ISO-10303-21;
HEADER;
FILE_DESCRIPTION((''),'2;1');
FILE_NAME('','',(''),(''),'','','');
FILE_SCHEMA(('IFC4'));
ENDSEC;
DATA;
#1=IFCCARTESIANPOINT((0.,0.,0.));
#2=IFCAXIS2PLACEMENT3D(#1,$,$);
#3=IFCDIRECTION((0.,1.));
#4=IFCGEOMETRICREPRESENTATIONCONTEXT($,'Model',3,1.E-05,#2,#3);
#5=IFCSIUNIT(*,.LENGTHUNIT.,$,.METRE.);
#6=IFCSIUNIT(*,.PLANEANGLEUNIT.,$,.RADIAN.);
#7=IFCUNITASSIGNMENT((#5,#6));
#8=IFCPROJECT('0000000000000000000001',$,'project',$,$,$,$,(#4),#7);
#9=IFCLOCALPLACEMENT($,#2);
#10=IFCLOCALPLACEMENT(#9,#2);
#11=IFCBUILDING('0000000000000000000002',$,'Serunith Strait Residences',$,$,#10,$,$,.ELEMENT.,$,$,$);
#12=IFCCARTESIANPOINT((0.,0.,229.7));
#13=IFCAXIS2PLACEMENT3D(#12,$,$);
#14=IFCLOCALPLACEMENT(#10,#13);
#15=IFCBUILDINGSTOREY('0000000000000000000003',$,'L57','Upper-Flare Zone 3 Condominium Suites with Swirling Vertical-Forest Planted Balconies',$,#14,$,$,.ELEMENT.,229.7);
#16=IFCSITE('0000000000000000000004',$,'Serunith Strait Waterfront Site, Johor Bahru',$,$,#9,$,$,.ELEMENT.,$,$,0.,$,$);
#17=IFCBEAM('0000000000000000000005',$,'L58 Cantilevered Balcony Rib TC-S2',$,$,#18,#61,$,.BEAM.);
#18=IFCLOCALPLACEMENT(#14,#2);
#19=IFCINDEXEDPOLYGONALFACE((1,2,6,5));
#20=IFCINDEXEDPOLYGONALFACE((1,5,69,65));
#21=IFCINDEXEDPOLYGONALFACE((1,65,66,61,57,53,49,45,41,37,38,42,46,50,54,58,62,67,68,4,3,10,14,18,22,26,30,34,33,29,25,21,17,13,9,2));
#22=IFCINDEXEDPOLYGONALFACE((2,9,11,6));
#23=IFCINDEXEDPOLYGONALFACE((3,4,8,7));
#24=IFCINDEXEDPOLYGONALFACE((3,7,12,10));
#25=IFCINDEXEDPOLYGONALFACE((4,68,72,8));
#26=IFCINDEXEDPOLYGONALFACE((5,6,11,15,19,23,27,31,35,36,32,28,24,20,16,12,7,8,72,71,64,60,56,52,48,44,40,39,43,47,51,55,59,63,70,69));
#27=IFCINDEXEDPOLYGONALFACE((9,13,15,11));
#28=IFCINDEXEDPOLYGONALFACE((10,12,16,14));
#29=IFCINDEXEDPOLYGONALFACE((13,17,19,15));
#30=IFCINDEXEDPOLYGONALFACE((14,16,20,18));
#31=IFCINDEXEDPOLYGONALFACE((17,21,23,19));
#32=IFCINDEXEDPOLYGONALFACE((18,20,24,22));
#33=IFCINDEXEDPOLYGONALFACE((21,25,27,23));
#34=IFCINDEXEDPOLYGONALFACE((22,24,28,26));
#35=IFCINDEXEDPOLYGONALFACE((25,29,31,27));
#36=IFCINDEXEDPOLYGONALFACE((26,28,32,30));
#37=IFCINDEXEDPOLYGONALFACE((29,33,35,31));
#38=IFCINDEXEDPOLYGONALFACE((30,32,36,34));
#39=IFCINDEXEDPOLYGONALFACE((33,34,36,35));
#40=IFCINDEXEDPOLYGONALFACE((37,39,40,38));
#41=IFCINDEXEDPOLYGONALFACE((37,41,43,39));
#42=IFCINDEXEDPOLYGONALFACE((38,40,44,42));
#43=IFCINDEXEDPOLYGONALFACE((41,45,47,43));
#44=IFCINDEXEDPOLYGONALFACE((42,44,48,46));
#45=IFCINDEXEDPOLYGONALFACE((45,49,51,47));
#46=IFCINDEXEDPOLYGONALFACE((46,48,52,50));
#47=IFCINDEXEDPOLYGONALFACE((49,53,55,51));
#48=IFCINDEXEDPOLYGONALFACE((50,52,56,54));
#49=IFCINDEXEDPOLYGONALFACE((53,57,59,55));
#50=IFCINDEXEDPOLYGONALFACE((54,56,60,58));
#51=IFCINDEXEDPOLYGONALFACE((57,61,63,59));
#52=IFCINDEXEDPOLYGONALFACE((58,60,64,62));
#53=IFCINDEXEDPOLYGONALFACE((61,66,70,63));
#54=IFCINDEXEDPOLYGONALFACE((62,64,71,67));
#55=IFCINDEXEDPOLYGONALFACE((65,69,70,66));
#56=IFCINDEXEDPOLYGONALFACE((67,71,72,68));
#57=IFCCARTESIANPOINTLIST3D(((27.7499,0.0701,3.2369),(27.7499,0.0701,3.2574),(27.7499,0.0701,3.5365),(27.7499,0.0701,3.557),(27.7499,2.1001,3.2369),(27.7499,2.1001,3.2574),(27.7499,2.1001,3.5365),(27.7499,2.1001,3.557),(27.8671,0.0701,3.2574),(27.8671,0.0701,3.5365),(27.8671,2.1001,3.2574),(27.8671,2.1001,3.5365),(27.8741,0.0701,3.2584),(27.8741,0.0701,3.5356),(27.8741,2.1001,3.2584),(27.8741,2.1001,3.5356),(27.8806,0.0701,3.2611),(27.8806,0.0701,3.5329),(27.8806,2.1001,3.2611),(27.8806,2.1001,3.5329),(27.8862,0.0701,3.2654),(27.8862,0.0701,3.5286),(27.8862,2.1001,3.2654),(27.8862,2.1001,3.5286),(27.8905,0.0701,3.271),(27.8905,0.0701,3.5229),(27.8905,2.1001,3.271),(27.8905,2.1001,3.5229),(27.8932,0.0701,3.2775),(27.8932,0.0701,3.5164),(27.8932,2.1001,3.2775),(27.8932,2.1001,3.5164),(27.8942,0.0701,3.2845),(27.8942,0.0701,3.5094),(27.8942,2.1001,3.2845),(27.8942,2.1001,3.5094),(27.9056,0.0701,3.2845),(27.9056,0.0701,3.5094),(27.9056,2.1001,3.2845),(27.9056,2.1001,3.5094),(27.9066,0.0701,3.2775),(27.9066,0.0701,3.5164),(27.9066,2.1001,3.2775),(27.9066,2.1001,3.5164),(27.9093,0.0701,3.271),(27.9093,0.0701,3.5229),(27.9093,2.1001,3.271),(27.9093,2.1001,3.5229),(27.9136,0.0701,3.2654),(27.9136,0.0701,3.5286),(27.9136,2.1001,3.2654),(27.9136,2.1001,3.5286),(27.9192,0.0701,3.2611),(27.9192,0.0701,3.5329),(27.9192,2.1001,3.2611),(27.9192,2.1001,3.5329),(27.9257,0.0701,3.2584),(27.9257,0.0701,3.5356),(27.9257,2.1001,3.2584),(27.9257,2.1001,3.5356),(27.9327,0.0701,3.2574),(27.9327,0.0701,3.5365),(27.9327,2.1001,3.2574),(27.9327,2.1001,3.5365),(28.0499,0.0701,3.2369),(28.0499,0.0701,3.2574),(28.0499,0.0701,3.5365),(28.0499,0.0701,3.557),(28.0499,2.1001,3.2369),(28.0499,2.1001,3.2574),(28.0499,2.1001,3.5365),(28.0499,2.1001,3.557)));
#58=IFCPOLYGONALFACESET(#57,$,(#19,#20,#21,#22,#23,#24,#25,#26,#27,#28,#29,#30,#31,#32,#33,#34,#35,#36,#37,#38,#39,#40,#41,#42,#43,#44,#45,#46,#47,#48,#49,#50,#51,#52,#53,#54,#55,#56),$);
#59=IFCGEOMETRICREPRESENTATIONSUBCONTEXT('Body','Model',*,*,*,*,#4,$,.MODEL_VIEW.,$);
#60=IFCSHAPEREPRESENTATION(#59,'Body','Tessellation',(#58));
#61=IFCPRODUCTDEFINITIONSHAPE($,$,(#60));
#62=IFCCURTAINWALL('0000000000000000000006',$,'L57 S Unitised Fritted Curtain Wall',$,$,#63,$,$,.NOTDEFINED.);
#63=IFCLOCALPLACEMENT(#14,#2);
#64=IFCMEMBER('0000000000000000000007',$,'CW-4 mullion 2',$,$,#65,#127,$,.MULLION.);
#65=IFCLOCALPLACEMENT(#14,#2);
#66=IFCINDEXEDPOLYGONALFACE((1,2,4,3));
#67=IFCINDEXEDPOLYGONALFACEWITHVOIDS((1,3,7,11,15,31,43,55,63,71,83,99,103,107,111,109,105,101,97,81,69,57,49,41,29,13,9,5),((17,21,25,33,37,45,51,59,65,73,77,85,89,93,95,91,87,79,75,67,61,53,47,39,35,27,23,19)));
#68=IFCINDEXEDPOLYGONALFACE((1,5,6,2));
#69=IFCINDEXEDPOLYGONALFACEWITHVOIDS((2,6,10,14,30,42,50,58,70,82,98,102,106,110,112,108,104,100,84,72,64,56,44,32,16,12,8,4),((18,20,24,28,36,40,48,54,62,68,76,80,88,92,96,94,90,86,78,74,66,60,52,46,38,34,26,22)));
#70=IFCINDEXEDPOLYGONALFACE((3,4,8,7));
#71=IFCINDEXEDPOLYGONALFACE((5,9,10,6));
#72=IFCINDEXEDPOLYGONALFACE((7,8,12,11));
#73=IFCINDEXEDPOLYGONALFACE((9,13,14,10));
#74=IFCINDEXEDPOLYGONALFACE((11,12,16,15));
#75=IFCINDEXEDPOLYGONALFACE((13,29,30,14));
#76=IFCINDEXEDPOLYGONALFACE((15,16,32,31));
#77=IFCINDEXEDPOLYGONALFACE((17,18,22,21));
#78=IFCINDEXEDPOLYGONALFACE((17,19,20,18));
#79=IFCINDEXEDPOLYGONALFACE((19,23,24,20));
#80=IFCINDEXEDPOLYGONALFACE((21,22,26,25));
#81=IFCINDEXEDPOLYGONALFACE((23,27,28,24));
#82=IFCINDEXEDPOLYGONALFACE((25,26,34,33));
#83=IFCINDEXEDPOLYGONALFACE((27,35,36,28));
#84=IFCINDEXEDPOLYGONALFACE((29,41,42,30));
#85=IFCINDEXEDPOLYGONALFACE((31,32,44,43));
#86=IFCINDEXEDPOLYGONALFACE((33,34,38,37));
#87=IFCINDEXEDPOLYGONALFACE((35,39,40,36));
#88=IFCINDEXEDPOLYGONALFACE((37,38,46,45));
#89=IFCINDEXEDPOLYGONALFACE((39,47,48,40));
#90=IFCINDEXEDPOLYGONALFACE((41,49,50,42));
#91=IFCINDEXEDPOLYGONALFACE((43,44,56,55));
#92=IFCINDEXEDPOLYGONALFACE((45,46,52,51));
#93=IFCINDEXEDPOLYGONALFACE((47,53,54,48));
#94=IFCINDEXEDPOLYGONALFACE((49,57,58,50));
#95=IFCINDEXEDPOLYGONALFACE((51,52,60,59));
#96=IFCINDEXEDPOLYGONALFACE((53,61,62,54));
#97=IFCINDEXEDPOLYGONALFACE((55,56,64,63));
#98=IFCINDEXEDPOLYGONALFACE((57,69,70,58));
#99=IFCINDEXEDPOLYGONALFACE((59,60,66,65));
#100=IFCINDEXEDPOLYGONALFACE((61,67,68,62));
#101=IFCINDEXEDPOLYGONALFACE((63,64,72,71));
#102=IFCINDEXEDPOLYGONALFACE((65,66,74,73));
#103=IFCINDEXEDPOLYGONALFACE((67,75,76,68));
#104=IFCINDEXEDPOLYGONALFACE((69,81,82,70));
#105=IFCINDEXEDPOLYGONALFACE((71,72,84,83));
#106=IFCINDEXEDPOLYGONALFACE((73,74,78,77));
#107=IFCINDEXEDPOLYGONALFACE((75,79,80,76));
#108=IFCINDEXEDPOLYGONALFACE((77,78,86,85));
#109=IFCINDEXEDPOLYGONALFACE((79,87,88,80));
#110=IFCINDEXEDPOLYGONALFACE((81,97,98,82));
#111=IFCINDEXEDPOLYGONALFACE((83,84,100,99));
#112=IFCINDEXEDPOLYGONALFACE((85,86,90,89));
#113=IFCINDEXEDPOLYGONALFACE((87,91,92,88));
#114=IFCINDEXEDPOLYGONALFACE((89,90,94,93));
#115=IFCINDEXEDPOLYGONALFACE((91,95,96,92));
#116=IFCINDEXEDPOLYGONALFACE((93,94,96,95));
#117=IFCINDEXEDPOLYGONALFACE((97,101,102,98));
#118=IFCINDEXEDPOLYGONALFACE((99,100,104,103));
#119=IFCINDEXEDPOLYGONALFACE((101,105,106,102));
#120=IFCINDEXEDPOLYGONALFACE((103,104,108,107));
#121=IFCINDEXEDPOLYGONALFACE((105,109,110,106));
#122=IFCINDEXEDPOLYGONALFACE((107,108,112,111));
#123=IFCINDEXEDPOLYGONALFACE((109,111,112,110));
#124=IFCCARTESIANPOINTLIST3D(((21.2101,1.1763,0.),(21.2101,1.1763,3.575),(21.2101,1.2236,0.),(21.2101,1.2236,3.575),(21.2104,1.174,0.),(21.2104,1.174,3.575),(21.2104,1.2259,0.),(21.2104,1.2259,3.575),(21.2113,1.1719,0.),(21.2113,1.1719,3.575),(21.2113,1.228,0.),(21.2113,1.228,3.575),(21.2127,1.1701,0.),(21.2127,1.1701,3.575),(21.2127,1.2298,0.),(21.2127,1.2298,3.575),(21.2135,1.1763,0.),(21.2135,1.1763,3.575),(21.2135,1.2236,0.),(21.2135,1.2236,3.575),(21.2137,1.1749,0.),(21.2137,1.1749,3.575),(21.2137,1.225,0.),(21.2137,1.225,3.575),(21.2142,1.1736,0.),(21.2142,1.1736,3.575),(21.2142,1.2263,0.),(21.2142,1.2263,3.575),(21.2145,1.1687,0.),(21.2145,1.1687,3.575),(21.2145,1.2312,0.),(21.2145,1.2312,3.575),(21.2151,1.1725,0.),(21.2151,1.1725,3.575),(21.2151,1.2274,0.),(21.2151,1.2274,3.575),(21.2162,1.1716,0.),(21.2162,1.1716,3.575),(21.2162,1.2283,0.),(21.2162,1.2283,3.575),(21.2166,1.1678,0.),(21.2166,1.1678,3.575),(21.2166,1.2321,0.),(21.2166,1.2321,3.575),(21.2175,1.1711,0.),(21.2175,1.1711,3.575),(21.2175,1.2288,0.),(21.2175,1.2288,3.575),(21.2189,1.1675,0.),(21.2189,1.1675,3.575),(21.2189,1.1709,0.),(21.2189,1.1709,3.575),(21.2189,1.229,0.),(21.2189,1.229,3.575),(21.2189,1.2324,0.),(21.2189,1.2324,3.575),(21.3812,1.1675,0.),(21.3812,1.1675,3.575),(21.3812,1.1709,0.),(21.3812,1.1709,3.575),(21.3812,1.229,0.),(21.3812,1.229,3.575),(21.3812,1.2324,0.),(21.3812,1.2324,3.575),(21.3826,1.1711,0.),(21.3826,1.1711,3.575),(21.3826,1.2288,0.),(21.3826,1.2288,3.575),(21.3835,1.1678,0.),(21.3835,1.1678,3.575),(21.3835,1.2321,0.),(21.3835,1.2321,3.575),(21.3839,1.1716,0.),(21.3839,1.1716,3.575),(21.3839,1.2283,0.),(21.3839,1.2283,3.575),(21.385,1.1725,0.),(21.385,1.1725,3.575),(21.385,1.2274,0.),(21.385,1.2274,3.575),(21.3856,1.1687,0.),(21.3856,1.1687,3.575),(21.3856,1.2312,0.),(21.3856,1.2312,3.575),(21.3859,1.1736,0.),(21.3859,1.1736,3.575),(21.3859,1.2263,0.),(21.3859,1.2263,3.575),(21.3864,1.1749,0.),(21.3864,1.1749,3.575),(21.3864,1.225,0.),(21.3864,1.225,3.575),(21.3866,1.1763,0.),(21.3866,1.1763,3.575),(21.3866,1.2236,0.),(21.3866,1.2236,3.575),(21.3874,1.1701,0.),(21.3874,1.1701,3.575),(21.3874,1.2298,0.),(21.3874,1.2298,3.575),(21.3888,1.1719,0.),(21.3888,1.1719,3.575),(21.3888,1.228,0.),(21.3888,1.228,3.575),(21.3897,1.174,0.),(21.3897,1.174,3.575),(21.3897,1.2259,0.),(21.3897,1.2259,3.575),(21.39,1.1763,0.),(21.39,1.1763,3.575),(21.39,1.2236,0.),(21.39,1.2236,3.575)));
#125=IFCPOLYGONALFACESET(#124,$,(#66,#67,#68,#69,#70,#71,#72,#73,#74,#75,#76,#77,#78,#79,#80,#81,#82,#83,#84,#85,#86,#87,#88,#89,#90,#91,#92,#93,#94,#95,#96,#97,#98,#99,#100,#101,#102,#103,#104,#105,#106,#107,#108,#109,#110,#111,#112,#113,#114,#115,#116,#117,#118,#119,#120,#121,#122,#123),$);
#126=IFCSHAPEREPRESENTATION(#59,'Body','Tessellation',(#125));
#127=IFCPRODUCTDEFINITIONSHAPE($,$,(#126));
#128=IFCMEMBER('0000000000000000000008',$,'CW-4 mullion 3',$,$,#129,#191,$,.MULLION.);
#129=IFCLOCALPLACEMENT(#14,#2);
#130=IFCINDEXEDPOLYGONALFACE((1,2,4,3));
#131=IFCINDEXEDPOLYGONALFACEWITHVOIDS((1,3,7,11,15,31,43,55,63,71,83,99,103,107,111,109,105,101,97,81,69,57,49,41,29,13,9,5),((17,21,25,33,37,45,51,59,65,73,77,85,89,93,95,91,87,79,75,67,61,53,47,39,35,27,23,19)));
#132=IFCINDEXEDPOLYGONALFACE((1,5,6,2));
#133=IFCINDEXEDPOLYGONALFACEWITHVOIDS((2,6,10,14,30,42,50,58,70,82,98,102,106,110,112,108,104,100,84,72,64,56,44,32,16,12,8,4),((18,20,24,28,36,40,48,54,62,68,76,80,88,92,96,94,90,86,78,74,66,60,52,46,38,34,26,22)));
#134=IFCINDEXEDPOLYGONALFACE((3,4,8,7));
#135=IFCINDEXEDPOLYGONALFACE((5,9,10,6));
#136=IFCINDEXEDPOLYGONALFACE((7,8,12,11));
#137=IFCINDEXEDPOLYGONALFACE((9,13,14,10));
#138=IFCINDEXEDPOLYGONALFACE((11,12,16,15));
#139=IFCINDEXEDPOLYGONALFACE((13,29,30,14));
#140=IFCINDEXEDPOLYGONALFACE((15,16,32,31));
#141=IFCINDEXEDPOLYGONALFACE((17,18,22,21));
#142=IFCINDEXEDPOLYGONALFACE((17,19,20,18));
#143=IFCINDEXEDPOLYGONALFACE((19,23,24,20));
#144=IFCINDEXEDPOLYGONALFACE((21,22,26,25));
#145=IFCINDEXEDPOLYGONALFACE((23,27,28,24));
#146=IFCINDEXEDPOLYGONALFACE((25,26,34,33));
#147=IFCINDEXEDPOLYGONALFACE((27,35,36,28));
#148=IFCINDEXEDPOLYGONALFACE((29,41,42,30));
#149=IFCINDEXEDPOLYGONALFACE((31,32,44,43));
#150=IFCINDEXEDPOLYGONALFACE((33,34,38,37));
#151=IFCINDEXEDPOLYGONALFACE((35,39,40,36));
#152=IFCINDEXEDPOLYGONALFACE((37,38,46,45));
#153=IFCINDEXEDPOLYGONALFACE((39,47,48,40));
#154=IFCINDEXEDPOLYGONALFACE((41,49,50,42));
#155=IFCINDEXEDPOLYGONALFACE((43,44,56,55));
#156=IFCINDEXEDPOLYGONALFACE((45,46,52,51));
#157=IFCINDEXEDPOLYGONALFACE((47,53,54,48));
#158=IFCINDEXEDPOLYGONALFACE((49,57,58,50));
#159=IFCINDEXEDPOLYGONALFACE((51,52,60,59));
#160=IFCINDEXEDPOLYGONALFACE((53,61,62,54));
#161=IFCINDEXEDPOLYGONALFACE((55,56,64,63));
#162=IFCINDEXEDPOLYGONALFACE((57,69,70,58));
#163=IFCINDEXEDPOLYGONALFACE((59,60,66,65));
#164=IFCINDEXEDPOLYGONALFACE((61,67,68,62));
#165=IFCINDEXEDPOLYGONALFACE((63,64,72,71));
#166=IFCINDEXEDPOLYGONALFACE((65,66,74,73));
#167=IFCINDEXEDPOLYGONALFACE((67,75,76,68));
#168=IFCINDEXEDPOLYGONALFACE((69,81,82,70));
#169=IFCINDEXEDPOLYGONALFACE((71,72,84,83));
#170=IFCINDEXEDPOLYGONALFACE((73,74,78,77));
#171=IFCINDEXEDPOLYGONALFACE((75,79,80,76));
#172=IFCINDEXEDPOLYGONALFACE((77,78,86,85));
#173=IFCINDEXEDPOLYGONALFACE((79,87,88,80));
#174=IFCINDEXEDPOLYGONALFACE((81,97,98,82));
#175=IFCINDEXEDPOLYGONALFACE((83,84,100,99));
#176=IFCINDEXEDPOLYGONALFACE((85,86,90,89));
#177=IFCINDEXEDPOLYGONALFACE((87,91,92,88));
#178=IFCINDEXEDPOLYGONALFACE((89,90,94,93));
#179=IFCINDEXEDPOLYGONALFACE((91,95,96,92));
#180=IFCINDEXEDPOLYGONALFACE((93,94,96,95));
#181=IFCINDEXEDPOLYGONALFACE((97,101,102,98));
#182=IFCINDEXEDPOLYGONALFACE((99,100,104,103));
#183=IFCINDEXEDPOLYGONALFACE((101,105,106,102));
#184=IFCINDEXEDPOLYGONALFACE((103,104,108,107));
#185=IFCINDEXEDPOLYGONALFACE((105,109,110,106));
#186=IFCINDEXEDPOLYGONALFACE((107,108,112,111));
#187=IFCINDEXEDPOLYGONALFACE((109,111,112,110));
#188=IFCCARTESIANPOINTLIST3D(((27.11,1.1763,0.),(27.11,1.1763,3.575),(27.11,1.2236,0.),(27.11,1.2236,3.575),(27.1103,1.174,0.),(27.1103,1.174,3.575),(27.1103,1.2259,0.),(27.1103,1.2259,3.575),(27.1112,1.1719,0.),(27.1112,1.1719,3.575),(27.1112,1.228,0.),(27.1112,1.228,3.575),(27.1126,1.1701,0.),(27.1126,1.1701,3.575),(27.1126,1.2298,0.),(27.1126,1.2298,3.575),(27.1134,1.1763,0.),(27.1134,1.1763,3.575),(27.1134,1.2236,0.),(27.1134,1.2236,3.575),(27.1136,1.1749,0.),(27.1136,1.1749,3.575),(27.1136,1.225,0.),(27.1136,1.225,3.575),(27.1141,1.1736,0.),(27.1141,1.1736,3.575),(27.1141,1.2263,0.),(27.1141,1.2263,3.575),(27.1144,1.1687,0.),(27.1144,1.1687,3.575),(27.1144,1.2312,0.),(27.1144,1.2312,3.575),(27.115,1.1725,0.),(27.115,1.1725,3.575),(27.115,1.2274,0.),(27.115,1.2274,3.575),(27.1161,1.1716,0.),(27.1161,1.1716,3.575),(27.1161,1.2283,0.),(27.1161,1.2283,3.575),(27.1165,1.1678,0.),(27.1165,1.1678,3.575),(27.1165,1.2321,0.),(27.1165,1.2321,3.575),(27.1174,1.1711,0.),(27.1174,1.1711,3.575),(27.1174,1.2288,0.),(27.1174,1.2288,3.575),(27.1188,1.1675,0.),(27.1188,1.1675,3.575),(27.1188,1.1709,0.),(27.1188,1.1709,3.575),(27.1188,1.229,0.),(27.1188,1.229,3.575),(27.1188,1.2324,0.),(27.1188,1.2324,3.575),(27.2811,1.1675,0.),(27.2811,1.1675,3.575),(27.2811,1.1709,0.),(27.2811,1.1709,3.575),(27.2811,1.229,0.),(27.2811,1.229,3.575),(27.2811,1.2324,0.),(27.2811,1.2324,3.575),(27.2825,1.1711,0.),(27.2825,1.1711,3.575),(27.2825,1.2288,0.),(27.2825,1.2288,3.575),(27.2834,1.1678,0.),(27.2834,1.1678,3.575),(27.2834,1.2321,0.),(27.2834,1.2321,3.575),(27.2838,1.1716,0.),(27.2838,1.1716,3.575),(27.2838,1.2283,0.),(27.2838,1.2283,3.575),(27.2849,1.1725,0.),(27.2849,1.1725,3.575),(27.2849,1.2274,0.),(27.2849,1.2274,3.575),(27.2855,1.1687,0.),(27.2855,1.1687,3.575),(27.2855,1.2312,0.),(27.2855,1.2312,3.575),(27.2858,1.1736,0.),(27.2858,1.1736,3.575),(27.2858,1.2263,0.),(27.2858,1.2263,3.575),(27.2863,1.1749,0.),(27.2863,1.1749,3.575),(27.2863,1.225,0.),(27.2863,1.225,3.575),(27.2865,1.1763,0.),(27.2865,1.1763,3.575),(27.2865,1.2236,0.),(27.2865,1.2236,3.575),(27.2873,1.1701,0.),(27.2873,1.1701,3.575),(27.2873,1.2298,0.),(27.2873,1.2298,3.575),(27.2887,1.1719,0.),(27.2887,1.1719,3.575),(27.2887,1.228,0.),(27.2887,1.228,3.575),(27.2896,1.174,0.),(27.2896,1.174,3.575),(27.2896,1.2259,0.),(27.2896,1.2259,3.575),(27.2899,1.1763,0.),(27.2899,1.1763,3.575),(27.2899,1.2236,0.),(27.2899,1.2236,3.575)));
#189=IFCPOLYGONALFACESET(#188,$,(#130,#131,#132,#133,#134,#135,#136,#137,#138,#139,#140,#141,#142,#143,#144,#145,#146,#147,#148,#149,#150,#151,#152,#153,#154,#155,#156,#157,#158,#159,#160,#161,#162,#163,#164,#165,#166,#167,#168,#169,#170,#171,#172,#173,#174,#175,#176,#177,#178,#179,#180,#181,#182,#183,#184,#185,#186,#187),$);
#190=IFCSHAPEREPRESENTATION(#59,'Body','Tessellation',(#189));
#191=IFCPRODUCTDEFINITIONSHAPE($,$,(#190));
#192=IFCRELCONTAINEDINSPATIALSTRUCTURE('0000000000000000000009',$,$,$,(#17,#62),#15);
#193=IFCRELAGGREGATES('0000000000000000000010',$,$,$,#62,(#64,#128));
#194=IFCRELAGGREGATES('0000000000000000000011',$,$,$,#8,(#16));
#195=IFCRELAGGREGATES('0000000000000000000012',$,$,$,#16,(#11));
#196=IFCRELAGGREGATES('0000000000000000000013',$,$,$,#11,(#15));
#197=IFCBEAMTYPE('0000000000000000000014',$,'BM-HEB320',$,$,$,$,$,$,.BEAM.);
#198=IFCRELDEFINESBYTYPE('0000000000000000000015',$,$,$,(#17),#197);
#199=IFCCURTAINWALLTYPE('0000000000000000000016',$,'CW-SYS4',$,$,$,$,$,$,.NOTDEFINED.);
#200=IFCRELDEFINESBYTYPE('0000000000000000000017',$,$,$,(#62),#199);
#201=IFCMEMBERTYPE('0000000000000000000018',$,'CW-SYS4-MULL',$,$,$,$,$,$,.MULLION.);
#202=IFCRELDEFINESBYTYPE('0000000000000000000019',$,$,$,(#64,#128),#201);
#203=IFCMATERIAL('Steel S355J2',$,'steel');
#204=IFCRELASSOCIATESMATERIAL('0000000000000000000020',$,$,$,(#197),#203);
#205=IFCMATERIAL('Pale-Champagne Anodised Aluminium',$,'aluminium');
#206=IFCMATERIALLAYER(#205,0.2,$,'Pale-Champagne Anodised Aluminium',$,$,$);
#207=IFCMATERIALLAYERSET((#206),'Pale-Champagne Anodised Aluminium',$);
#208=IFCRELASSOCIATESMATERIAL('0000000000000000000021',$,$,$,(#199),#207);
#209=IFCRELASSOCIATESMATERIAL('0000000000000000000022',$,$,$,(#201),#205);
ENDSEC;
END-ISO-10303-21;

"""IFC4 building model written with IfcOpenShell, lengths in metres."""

from ifc_helpers import new_model, si_unit, direction, frame, origin, origin_2d, place, context, subcontext, project, spatial, hollow_rectangle, i_section, extrude, source, transform, mapped, material, layer, layer_set, material_profile, profile_set, type_object, element, aggregate, save


model = new_model("IFC4")

# Units and contexts
model_context = context("Model", 3, precision=1e-05, world=origin(), true_north=direction((0.0, 1.0)))
body_context = subcontext(model_context, "Body", "Model", "MODEL_VIEW")
ifc_project = project(units=[si_unit("LENGTHUNIT", "METRE"), si_unit("PLANEANGLEUNIT", "RADIAN")], contexts=[model_context])

# Site, building, storey
site_placement = place(None, origin())
site = spatial("IfcSite", under=ifc_project, at=site_placement, Name="Serunith Strait Waterfront Site, Johor Bahru", CompositionType="ELEMENT", RefElevation=0.0)
building_placement = place(site_placement, origin())
building = spatial("IfcBuilding", under=site, at=building_placement, Name="Serunith Strait Residences", CompositionType="ELEMENT")
storey_placement = place(building_placement, frame((0.0, 0.0, 229.7)))
storey = spatial("IfcBuildingStorey", under=building, at=storey_placement, Name="L57", Description="Upper-Flare Zone 3 Condominium Suites with Swirling Vertical-Forest Planted Balconies", CompositionType="ELEMENT", Elevation=229.7)

# Beam
ifc_material_1 = material(Name="Steel S355J2", Category="steel")
ifc_material_profile_1 = material_profile(ifc_material_1, i_section(OverallWidth=0.3, OverallDepth=0.3201, WebThickness=0.0115, FlangeThickness=0.0205, FilletRadius=0.0271, at=origin_2d()), Name="HEB 320")
ifc_profile_set_1 = profile_set([ifc_material_profile_1], Name="Steel S355J2")
beam_type_1 = type_object("IfcBeamType", Name="BM-HEB320", PredefinedType="BEAM", material=ifc_profile_set_1)
shared_shape_1 = source(origin(), body_context, "Body", "SweptSolid", [
    extrude(i_section(OverallWidth=0.3, OverallDepth=0.3201, WebThickness=0.0115, FlangeThickness=0.0205, FilletRadius=0.0271, at=origin_2d()), origin(), (0.0, 0.0, 1.0), 2.03),
])
beam_1_placement = place(storey_placement, frame((27.8999, 2.1001, 3.397), z_axis=(0.0, -1.0, 0.0), x_axis=(1.0, 0.0, 0.0)))
element("IfcBeam", 1, at=beam_1_placement, inside=storey, type_object=beam_type_1, Name="L58 Cantilevered Balcony Rib TC-S2", PredefinedType="BEAM", context=body_context, shape_type="MappedRepresentation", body=[
    mapped(shared_shape_1, transform((0.0, 0.0, 0.0), scale=1.0)),
])

# Curtain wall, members
ifc_material_2 = material(Name="Pale-Champagne Anodised Aluminium", Category="aluminium")
ifc_layer_1 = layer(ifc_material_2, 0.2, Name="Pale-Champagne Anodised Aluminium")
ifc_layer_set_1 = layer_set([ifc_layer_1], Name="Pale-Champagne Anodised Aluminium")
curtain_wall_type = type_object("IfcCurtainWallType", Name="CW-SYS4", PredefinedType="NOTDEFINED", material=ifc_layer_set_1)
curtain_wall_placement = place(storey_placement, origin())
curtain_wall = element("IfcCurtainWall", 2, at=curtain_wall_placement, inside=storey, type_object=curtain_wall_type, Name="L57 S Unitised Fritted Curtain Wall", PredefinedType="NOTDEFINED")
ifc_material_profile_2 = material_profile(ifc_material_2, hollow_rectangle(XDim=0.0649, YDim=0.1799, WallThickness=0.0034, InnerFilletRadius=0.0054, OuterFilletRadius=0.0088, at=origin_2d()), Name="ALU 180x65x3.5")
ifc_profile_set_2 = profile_set([ifc_material_profile_2], Name="Pale-Champagne Anodised Aluminium")
member_type_1 = type_object("IfcMemberType", Name="CW-SYS4-MULL", PredefinedType="MULLION", material=ifc_profile_set_2)
shared_shape_2 = source(origin(), body_context, "Body", "SweptSolid", [
    extrude(hollow_rectangle(XDim=0.0649, YDim=0.1799, WallThickness=0.0034, InnerFilletRadius=0.0054, OuterFilletRadius=0.0088, at=origin_2d()), origin(), (0.0, 0.0, 1.0), 3.575),
])
member_1_placement = place(storey_placement, frame((21.3, 1.2, 0.0), z_axis=(0.0, 0.0, 1.0), x_axis=(0.0, 1.0, 0.0)))
member_1 = element("IfcMember", 3, at=member_1_placement, type_object=member_type_1, Name="CW-4 mullion 2", PredefinedType="MULLION", context=body_context, shape_type="MappedRepresentation", body=[
    mapped(shared_shape_2, transform((0.0, 0.0, 0.0), scale=1.0)),
])
member_2_placement = place(storey_placement, frame((27.2, 1.2, 0.0), z_axis=(0.0, 0.0, 1.0), x_axis=(0.0, 1.0, 0.0)))
member_2 = element("IfcMember", 4, at=member_2_placement, type_object=member_type_1, Name="CW-4 mullion 3", PredefinedType="MULLION", context=body_context, shape_type="MappedRepresentation", body=[
    mapped(shared_shape_2, transform((0.0, 0.0, 0.0), scale=1.0)),
])
aggregate(curtain_wall, [member_1, member_2])

save(model, "model.ifc")
